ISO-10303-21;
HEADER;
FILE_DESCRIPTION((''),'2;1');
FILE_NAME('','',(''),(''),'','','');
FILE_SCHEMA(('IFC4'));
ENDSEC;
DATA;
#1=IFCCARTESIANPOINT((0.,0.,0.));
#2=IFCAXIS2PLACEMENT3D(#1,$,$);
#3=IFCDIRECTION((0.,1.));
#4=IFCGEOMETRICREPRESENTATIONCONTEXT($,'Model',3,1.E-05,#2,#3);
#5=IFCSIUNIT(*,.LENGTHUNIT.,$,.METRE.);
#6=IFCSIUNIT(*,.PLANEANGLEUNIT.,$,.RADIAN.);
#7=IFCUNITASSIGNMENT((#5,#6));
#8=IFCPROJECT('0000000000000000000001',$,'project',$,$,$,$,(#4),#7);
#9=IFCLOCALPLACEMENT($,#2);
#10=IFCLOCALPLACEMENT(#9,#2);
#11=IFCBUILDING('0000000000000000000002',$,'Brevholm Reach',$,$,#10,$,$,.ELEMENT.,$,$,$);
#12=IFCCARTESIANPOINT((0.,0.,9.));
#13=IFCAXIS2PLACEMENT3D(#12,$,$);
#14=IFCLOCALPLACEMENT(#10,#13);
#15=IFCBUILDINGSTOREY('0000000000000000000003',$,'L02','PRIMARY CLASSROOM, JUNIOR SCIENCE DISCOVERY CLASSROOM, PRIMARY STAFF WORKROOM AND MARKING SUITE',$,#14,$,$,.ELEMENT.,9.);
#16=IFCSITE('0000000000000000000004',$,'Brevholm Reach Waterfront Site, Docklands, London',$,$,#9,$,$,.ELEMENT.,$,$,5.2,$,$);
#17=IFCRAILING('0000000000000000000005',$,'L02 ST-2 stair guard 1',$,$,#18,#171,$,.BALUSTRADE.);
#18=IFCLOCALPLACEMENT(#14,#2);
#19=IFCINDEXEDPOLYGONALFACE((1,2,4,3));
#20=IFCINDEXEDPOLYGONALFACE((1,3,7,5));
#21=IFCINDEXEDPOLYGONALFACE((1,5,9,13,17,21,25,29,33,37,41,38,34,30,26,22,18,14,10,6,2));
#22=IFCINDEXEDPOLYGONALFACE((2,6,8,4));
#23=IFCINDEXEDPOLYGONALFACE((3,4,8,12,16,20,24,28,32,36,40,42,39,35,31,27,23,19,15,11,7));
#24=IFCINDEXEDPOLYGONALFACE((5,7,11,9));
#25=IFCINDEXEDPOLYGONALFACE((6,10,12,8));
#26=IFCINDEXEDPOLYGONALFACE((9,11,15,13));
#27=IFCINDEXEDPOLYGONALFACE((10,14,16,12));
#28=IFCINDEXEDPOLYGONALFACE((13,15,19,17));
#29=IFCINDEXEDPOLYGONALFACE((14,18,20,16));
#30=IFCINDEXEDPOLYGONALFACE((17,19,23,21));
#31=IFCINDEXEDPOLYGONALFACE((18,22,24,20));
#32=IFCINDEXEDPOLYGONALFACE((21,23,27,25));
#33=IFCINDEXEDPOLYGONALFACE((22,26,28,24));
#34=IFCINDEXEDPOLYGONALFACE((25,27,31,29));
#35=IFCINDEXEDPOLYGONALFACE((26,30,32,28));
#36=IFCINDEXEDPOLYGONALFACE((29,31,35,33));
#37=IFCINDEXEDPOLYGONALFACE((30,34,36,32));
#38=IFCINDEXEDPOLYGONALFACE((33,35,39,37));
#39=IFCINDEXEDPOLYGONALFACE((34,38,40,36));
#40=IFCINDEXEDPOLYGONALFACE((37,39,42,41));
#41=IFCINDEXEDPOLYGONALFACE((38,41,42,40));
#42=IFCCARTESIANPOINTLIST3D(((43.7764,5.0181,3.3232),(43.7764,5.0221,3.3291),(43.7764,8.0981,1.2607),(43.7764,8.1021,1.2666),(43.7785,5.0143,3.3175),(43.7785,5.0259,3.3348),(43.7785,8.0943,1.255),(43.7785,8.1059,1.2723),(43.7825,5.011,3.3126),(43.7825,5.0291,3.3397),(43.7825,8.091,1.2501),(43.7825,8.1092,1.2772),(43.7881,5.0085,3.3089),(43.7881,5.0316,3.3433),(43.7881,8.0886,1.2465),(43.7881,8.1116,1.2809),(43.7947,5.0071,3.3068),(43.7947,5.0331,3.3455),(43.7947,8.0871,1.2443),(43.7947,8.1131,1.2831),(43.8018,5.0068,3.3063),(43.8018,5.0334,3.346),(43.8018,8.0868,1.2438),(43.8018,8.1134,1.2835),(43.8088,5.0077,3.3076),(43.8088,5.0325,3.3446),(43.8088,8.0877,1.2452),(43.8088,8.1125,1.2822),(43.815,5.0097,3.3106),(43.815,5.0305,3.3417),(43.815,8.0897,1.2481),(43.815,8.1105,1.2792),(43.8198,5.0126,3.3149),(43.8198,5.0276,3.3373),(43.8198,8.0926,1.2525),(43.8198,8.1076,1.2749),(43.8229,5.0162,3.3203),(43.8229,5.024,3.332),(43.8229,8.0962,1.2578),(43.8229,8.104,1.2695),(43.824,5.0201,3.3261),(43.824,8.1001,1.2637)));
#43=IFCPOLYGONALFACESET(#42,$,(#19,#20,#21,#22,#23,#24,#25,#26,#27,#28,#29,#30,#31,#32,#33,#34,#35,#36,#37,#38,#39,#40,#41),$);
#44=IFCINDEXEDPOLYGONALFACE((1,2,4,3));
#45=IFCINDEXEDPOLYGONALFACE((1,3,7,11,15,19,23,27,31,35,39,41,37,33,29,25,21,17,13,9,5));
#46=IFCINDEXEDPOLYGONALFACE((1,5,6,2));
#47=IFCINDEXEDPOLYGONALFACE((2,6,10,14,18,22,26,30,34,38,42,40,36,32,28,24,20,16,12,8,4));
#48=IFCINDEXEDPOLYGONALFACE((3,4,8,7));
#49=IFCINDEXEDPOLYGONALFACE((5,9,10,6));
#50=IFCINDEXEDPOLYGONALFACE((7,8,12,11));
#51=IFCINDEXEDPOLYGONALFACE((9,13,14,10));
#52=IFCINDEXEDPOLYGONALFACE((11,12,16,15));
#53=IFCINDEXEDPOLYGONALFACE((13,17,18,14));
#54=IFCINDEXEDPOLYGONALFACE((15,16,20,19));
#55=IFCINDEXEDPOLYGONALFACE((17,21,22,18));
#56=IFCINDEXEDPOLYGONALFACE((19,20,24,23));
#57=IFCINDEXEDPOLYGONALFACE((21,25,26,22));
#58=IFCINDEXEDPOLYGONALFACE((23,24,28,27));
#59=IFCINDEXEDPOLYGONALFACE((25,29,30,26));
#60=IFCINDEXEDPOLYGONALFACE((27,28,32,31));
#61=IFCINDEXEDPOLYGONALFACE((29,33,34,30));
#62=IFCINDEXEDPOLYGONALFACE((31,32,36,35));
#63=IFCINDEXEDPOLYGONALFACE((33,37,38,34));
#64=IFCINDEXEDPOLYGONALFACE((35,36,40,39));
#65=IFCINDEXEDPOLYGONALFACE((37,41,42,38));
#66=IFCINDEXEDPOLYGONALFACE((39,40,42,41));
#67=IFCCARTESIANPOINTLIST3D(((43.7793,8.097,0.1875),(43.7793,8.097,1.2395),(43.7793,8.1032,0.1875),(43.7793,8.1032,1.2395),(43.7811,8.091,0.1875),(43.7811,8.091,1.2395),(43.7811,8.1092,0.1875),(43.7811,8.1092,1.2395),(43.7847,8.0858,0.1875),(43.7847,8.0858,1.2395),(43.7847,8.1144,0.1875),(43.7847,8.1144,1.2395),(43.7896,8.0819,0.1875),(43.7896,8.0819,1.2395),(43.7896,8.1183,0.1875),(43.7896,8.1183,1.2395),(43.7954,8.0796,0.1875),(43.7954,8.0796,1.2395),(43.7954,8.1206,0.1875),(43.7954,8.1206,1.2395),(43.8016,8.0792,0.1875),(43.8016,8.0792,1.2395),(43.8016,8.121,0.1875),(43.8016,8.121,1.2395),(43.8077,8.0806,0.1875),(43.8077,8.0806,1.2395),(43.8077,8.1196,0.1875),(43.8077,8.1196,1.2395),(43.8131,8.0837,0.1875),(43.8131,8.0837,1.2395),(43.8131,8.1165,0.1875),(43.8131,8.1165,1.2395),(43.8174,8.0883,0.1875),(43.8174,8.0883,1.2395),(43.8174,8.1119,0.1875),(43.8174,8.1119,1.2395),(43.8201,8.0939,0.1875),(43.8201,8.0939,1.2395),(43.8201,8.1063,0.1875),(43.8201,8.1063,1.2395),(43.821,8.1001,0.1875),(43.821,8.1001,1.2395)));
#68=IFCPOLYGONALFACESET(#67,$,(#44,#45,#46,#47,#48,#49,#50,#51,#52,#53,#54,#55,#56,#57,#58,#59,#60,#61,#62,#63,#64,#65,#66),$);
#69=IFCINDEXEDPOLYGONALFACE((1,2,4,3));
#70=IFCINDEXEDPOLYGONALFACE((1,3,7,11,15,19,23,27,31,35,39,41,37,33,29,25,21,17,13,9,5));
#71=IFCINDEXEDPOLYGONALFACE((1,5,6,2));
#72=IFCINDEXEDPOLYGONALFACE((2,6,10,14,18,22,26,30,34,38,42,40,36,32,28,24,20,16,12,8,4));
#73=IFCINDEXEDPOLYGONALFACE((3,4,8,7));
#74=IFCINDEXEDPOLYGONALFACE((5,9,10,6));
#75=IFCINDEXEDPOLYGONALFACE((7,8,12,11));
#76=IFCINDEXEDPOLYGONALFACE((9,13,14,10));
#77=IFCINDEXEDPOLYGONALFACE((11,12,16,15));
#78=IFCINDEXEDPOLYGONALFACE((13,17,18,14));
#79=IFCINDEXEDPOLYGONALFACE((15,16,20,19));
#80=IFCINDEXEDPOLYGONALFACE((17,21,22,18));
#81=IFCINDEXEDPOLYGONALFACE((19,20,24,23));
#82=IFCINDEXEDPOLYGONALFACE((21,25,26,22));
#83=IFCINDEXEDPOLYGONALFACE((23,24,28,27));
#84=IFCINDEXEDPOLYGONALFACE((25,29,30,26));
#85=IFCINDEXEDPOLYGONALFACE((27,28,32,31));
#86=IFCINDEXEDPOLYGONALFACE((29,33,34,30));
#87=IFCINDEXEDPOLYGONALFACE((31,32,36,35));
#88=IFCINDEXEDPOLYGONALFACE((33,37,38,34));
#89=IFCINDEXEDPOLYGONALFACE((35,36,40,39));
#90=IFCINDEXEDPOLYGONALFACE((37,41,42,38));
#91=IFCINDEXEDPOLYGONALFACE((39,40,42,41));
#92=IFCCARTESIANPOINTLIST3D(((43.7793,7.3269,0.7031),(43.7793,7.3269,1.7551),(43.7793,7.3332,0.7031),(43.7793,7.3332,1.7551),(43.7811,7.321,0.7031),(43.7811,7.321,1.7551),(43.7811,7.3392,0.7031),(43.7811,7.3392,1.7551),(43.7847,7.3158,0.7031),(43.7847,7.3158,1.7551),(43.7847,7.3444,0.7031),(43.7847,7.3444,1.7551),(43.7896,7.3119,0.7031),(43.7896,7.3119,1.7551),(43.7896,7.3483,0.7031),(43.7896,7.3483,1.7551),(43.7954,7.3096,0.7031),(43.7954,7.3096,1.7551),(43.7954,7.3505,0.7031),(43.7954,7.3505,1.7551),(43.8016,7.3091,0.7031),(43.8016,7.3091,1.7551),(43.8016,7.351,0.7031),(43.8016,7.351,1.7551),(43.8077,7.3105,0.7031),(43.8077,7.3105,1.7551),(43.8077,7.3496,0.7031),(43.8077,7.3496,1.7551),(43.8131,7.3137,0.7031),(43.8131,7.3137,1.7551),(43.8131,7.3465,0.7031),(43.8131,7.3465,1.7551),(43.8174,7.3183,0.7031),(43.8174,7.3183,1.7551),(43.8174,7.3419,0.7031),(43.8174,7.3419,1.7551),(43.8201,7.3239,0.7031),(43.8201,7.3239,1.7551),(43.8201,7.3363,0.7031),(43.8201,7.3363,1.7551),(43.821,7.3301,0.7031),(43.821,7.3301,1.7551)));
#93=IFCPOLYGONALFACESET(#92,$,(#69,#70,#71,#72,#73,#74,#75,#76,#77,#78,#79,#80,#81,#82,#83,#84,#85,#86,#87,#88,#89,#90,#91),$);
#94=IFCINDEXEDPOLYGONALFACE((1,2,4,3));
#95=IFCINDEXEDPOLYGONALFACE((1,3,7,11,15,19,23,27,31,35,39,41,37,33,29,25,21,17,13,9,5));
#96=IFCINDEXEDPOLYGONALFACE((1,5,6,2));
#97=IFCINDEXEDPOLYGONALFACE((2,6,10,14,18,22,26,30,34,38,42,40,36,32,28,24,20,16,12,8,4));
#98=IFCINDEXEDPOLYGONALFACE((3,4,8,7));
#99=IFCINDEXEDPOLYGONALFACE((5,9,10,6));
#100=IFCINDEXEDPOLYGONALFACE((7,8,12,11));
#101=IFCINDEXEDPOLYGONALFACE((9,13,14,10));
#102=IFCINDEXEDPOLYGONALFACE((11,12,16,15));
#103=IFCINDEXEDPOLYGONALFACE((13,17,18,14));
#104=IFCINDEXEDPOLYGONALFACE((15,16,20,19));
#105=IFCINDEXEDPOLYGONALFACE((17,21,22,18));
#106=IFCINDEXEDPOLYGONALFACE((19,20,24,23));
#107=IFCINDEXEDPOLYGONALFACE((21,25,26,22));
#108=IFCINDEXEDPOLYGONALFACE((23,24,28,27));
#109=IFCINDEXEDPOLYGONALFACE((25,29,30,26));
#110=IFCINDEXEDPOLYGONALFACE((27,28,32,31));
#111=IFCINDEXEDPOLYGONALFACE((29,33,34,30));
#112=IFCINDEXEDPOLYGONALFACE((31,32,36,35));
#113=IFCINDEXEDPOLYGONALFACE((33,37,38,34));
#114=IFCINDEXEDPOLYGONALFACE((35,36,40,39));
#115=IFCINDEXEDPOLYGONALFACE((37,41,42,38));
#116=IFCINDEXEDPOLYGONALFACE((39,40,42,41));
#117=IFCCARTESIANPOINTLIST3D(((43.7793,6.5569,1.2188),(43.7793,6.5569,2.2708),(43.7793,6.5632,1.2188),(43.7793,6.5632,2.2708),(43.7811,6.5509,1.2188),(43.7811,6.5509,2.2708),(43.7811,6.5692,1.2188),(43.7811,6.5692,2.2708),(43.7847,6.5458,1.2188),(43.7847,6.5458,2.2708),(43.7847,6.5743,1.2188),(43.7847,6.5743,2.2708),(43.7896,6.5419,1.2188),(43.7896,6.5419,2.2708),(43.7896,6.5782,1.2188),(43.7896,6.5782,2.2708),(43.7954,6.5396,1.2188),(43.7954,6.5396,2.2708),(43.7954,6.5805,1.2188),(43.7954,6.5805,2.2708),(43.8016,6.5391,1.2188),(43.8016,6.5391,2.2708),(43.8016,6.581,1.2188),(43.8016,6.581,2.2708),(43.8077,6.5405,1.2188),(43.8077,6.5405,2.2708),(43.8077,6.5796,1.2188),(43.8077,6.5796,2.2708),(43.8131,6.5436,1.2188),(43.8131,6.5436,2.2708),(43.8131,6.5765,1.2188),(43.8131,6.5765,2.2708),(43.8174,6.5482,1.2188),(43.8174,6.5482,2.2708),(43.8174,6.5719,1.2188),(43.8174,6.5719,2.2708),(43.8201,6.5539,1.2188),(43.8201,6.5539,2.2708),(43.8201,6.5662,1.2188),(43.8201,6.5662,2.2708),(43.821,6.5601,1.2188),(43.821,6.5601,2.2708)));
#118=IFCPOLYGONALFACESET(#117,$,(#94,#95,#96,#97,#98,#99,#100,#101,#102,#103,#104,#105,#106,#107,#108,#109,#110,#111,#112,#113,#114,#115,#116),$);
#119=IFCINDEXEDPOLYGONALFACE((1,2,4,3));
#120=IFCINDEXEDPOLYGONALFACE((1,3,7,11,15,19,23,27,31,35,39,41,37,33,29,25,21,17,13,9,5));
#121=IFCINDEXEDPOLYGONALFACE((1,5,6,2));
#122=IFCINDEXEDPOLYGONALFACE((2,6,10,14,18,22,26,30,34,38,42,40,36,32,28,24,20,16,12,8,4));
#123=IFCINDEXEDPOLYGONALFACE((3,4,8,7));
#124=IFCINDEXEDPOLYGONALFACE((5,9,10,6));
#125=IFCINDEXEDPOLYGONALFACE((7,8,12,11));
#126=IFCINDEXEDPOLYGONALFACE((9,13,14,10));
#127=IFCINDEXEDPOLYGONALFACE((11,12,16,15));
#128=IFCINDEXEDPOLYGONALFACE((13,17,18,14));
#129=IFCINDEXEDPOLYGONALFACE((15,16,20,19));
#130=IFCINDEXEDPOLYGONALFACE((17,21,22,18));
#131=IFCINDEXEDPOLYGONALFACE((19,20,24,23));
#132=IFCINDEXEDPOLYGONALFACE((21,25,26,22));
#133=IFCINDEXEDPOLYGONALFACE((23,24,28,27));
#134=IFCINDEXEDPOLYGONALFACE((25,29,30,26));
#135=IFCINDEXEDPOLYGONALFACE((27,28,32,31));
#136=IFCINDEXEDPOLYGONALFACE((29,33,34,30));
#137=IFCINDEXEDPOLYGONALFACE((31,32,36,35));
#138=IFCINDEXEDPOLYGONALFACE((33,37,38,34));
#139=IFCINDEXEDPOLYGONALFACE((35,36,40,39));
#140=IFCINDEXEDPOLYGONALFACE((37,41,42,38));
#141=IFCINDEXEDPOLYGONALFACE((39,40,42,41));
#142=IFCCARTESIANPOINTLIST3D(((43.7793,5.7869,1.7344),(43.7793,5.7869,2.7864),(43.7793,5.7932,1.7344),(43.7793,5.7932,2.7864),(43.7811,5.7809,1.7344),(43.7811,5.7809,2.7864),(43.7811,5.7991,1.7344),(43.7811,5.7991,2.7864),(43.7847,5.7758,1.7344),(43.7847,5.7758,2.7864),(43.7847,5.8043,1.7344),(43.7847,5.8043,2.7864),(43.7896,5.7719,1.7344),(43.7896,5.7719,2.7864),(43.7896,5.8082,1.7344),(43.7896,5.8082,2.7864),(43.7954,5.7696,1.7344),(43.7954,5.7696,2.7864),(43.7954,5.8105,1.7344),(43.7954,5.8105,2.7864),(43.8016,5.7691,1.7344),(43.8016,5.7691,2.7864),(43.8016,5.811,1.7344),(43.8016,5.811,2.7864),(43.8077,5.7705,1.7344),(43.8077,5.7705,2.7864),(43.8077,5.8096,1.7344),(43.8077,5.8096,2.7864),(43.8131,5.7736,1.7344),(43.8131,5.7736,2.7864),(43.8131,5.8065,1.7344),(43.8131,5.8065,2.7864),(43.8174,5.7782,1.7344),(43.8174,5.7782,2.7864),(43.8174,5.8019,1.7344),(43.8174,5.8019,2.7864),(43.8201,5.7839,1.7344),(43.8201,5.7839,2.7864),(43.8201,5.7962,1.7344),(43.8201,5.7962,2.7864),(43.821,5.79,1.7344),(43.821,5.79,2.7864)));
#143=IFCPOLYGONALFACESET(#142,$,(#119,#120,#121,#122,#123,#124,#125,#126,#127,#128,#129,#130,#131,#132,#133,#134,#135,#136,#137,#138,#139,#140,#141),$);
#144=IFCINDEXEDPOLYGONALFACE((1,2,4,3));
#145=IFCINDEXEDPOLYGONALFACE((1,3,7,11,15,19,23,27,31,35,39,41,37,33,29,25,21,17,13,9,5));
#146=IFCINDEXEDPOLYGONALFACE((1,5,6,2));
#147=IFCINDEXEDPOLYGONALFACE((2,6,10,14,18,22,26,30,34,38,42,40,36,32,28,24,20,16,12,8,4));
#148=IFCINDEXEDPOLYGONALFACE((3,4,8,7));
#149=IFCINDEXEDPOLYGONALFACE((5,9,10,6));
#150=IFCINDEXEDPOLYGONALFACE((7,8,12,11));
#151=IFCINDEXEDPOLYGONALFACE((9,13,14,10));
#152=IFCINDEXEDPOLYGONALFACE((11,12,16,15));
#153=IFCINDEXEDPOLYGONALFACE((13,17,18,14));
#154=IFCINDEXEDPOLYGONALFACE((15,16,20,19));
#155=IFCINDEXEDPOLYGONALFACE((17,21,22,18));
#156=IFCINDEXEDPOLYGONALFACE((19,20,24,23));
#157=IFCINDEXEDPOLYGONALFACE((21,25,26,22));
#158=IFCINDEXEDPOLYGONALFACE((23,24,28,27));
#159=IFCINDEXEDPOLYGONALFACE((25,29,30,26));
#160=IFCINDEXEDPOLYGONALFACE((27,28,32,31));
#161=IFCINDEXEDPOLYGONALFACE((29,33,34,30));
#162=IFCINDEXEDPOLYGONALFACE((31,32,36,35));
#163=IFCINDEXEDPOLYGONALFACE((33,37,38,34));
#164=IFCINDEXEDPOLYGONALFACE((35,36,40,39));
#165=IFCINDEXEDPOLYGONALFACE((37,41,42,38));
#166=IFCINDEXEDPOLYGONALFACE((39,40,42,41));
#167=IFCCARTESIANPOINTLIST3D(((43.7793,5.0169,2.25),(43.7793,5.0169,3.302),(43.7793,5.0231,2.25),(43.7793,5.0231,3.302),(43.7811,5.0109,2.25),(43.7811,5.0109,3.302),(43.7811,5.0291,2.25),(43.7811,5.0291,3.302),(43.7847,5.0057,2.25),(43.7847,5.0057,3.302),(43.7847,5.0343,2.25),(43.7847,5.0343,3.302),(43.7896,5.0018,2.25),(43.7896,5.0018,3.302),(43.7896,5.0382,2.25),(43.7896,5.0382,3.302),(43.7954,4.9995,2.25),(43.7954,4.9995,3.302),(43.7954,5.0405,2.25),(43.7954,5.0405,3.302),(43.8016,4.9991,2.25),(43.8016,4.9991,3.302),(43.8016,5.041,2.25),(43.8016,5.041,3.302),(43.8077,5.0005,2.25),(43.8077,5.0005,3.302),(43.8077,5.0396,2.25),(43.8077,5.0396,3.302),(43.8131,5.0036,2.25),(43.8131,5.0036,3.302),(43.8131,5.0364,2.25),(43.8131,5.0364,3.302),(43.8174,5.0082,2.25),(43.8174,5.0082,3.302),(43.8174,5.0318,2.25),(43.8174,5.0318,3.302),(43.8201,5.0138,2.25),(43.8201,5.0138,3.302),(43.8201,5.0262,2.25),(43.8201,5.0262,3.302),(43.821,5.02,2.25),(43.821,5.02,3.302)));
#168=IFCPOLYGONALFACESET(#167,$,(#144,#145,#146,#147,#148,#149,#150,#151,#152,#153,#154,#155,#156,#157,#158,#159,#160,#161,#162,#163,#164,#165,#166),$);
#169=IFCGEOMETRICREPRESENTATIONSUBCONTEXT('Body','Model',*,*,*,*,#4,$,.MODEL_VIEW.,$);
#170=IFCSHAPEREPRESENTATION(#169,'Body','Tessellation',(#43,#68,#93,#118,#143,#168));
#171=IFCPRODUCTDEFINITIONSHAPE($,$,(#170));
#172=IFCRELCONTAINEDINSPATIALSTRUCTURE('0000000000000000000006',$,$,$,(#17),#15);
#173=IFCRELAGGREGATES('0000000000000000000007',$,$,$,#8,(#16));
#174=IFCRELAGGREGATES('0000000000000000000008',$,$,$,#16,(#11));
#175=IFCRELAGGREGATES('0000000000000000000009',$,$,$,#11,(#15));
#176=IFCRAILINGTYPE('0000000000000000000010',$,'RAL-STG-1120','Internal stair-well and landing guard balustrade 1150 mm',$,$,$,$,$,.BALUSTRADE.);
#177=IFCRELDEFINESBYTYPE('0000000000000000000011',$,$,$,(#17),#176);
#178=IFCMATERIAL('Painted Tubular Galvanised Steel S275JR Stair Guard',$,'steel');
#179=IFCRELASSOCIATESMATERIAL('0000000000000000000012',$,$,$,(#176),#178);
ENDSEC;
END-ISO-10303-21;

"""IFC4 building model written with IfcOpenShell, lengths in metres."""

from ifc_helpers import new_model, si_unit, direction, frame, origin, origin_2d, place, context, subcontext, project, spatial, circle, extrude, material, type_object, element, save


model = new_model("IFC4")

# Units and contexts
model_context = context("Model", 3, precision=1e-05, world=origin(), true_north=direction((0.0, 1.0)))
body_context = subcontext(model_context, "Body", "Model", "MODEL_VIEW")
ifc_project = project(units=[si_unit("LENGTHUNIT", "METRE"), si_unit("PLANEANGLEUNIT", "RADIAN")], contexts=[model_context])

# Site, building, storey
site_placement = place(None, origin())
site = spatial("IfcSite", under=ifc_project, at=site_placement, Name="Brevholm Reach Waterfront Site, Docklands, London", CompositionType="ELEMENT", RefElevation=5.2)
building_placement = place(site_placement, origin())
building = spatial("IfcBuilding", under=site, at=building_placement, Name="Brevholm Reach", CompositionType="ELEMENT")
storey_placement = place(building_placement, frame((0.0, 0.0, 9.0)))
storey = spatial("IfcBuildingStorey", under=building, at=storey_placement, Name="L02", Description="PRIMARY CLASSROOM, JUNIOR SCIENCE DISCOVERY CLASSROOM, PRIMARY STAFF WORKROOM AND MARKING SUITE", CompositionType="ELEMENT", Elevation=9.0)

# Railing
ifc_material_1 = material(Name="Painted Tubular Galvanised Steel S275JR Stair Guard", Category="steel")
railing_type_1 = type_object("IfcRailingType", Name="RAL-STG-1120", Description="Internal stair-well and landing guard balustrade 1150 mm", PredefinedType="BALUSTRADE", material=ifc_material_1)
railing_1_placement = place(storey_placement, frame((43.8, 8.1001, 0.1875)))
element("IfcRailing", 1, at=railing_1_placement, inside=storey, type_object=railing_type_1, Name="L02 ST-2 stair guard 1", PredefinedType="BALUSTRADE", context=body_context, shape_type="SweptSolid", body=[
    extrude(circle(Radius=0.0239, at=origin_2d()), frame((0.0, 0.0, 1.0762), z_axis=(0.0, -0.830914, 0.556401), x_axis=(1.0, 0.0, 0.0)), (0.0, 0.0, 1.0), 3.7068),
    extrude(circle(Radius=0.021, at=origin_2d()), origin(), (0.0, 0.0, 1.0), 1.052),
    extrude(circle(Radius=0.021, at=origin_2d()), frame((0.0, -0.77, 0.5156)), (0.0, 0.0, 1.0), 1.052),
    extrude(circle(Radius=0.021, at=origin_2d()), frame((0.0, -1.54, 1.0312)), (0.0, 0.0, 1.0), 1.052),
    extrude(circle(Radius=0.021, at=origin_2d()), frame((0.0, -2.3101, 1.5469)), (0.0, 0.0, 1.0), 1.052),
    extrude(circle(Radius=0.021, at=origin_2d()), frame((0.0, -3.0801, 2.0625)), (0.0, 0.0, 1.0), 1.052),
])

save(model, "model.ifc")
